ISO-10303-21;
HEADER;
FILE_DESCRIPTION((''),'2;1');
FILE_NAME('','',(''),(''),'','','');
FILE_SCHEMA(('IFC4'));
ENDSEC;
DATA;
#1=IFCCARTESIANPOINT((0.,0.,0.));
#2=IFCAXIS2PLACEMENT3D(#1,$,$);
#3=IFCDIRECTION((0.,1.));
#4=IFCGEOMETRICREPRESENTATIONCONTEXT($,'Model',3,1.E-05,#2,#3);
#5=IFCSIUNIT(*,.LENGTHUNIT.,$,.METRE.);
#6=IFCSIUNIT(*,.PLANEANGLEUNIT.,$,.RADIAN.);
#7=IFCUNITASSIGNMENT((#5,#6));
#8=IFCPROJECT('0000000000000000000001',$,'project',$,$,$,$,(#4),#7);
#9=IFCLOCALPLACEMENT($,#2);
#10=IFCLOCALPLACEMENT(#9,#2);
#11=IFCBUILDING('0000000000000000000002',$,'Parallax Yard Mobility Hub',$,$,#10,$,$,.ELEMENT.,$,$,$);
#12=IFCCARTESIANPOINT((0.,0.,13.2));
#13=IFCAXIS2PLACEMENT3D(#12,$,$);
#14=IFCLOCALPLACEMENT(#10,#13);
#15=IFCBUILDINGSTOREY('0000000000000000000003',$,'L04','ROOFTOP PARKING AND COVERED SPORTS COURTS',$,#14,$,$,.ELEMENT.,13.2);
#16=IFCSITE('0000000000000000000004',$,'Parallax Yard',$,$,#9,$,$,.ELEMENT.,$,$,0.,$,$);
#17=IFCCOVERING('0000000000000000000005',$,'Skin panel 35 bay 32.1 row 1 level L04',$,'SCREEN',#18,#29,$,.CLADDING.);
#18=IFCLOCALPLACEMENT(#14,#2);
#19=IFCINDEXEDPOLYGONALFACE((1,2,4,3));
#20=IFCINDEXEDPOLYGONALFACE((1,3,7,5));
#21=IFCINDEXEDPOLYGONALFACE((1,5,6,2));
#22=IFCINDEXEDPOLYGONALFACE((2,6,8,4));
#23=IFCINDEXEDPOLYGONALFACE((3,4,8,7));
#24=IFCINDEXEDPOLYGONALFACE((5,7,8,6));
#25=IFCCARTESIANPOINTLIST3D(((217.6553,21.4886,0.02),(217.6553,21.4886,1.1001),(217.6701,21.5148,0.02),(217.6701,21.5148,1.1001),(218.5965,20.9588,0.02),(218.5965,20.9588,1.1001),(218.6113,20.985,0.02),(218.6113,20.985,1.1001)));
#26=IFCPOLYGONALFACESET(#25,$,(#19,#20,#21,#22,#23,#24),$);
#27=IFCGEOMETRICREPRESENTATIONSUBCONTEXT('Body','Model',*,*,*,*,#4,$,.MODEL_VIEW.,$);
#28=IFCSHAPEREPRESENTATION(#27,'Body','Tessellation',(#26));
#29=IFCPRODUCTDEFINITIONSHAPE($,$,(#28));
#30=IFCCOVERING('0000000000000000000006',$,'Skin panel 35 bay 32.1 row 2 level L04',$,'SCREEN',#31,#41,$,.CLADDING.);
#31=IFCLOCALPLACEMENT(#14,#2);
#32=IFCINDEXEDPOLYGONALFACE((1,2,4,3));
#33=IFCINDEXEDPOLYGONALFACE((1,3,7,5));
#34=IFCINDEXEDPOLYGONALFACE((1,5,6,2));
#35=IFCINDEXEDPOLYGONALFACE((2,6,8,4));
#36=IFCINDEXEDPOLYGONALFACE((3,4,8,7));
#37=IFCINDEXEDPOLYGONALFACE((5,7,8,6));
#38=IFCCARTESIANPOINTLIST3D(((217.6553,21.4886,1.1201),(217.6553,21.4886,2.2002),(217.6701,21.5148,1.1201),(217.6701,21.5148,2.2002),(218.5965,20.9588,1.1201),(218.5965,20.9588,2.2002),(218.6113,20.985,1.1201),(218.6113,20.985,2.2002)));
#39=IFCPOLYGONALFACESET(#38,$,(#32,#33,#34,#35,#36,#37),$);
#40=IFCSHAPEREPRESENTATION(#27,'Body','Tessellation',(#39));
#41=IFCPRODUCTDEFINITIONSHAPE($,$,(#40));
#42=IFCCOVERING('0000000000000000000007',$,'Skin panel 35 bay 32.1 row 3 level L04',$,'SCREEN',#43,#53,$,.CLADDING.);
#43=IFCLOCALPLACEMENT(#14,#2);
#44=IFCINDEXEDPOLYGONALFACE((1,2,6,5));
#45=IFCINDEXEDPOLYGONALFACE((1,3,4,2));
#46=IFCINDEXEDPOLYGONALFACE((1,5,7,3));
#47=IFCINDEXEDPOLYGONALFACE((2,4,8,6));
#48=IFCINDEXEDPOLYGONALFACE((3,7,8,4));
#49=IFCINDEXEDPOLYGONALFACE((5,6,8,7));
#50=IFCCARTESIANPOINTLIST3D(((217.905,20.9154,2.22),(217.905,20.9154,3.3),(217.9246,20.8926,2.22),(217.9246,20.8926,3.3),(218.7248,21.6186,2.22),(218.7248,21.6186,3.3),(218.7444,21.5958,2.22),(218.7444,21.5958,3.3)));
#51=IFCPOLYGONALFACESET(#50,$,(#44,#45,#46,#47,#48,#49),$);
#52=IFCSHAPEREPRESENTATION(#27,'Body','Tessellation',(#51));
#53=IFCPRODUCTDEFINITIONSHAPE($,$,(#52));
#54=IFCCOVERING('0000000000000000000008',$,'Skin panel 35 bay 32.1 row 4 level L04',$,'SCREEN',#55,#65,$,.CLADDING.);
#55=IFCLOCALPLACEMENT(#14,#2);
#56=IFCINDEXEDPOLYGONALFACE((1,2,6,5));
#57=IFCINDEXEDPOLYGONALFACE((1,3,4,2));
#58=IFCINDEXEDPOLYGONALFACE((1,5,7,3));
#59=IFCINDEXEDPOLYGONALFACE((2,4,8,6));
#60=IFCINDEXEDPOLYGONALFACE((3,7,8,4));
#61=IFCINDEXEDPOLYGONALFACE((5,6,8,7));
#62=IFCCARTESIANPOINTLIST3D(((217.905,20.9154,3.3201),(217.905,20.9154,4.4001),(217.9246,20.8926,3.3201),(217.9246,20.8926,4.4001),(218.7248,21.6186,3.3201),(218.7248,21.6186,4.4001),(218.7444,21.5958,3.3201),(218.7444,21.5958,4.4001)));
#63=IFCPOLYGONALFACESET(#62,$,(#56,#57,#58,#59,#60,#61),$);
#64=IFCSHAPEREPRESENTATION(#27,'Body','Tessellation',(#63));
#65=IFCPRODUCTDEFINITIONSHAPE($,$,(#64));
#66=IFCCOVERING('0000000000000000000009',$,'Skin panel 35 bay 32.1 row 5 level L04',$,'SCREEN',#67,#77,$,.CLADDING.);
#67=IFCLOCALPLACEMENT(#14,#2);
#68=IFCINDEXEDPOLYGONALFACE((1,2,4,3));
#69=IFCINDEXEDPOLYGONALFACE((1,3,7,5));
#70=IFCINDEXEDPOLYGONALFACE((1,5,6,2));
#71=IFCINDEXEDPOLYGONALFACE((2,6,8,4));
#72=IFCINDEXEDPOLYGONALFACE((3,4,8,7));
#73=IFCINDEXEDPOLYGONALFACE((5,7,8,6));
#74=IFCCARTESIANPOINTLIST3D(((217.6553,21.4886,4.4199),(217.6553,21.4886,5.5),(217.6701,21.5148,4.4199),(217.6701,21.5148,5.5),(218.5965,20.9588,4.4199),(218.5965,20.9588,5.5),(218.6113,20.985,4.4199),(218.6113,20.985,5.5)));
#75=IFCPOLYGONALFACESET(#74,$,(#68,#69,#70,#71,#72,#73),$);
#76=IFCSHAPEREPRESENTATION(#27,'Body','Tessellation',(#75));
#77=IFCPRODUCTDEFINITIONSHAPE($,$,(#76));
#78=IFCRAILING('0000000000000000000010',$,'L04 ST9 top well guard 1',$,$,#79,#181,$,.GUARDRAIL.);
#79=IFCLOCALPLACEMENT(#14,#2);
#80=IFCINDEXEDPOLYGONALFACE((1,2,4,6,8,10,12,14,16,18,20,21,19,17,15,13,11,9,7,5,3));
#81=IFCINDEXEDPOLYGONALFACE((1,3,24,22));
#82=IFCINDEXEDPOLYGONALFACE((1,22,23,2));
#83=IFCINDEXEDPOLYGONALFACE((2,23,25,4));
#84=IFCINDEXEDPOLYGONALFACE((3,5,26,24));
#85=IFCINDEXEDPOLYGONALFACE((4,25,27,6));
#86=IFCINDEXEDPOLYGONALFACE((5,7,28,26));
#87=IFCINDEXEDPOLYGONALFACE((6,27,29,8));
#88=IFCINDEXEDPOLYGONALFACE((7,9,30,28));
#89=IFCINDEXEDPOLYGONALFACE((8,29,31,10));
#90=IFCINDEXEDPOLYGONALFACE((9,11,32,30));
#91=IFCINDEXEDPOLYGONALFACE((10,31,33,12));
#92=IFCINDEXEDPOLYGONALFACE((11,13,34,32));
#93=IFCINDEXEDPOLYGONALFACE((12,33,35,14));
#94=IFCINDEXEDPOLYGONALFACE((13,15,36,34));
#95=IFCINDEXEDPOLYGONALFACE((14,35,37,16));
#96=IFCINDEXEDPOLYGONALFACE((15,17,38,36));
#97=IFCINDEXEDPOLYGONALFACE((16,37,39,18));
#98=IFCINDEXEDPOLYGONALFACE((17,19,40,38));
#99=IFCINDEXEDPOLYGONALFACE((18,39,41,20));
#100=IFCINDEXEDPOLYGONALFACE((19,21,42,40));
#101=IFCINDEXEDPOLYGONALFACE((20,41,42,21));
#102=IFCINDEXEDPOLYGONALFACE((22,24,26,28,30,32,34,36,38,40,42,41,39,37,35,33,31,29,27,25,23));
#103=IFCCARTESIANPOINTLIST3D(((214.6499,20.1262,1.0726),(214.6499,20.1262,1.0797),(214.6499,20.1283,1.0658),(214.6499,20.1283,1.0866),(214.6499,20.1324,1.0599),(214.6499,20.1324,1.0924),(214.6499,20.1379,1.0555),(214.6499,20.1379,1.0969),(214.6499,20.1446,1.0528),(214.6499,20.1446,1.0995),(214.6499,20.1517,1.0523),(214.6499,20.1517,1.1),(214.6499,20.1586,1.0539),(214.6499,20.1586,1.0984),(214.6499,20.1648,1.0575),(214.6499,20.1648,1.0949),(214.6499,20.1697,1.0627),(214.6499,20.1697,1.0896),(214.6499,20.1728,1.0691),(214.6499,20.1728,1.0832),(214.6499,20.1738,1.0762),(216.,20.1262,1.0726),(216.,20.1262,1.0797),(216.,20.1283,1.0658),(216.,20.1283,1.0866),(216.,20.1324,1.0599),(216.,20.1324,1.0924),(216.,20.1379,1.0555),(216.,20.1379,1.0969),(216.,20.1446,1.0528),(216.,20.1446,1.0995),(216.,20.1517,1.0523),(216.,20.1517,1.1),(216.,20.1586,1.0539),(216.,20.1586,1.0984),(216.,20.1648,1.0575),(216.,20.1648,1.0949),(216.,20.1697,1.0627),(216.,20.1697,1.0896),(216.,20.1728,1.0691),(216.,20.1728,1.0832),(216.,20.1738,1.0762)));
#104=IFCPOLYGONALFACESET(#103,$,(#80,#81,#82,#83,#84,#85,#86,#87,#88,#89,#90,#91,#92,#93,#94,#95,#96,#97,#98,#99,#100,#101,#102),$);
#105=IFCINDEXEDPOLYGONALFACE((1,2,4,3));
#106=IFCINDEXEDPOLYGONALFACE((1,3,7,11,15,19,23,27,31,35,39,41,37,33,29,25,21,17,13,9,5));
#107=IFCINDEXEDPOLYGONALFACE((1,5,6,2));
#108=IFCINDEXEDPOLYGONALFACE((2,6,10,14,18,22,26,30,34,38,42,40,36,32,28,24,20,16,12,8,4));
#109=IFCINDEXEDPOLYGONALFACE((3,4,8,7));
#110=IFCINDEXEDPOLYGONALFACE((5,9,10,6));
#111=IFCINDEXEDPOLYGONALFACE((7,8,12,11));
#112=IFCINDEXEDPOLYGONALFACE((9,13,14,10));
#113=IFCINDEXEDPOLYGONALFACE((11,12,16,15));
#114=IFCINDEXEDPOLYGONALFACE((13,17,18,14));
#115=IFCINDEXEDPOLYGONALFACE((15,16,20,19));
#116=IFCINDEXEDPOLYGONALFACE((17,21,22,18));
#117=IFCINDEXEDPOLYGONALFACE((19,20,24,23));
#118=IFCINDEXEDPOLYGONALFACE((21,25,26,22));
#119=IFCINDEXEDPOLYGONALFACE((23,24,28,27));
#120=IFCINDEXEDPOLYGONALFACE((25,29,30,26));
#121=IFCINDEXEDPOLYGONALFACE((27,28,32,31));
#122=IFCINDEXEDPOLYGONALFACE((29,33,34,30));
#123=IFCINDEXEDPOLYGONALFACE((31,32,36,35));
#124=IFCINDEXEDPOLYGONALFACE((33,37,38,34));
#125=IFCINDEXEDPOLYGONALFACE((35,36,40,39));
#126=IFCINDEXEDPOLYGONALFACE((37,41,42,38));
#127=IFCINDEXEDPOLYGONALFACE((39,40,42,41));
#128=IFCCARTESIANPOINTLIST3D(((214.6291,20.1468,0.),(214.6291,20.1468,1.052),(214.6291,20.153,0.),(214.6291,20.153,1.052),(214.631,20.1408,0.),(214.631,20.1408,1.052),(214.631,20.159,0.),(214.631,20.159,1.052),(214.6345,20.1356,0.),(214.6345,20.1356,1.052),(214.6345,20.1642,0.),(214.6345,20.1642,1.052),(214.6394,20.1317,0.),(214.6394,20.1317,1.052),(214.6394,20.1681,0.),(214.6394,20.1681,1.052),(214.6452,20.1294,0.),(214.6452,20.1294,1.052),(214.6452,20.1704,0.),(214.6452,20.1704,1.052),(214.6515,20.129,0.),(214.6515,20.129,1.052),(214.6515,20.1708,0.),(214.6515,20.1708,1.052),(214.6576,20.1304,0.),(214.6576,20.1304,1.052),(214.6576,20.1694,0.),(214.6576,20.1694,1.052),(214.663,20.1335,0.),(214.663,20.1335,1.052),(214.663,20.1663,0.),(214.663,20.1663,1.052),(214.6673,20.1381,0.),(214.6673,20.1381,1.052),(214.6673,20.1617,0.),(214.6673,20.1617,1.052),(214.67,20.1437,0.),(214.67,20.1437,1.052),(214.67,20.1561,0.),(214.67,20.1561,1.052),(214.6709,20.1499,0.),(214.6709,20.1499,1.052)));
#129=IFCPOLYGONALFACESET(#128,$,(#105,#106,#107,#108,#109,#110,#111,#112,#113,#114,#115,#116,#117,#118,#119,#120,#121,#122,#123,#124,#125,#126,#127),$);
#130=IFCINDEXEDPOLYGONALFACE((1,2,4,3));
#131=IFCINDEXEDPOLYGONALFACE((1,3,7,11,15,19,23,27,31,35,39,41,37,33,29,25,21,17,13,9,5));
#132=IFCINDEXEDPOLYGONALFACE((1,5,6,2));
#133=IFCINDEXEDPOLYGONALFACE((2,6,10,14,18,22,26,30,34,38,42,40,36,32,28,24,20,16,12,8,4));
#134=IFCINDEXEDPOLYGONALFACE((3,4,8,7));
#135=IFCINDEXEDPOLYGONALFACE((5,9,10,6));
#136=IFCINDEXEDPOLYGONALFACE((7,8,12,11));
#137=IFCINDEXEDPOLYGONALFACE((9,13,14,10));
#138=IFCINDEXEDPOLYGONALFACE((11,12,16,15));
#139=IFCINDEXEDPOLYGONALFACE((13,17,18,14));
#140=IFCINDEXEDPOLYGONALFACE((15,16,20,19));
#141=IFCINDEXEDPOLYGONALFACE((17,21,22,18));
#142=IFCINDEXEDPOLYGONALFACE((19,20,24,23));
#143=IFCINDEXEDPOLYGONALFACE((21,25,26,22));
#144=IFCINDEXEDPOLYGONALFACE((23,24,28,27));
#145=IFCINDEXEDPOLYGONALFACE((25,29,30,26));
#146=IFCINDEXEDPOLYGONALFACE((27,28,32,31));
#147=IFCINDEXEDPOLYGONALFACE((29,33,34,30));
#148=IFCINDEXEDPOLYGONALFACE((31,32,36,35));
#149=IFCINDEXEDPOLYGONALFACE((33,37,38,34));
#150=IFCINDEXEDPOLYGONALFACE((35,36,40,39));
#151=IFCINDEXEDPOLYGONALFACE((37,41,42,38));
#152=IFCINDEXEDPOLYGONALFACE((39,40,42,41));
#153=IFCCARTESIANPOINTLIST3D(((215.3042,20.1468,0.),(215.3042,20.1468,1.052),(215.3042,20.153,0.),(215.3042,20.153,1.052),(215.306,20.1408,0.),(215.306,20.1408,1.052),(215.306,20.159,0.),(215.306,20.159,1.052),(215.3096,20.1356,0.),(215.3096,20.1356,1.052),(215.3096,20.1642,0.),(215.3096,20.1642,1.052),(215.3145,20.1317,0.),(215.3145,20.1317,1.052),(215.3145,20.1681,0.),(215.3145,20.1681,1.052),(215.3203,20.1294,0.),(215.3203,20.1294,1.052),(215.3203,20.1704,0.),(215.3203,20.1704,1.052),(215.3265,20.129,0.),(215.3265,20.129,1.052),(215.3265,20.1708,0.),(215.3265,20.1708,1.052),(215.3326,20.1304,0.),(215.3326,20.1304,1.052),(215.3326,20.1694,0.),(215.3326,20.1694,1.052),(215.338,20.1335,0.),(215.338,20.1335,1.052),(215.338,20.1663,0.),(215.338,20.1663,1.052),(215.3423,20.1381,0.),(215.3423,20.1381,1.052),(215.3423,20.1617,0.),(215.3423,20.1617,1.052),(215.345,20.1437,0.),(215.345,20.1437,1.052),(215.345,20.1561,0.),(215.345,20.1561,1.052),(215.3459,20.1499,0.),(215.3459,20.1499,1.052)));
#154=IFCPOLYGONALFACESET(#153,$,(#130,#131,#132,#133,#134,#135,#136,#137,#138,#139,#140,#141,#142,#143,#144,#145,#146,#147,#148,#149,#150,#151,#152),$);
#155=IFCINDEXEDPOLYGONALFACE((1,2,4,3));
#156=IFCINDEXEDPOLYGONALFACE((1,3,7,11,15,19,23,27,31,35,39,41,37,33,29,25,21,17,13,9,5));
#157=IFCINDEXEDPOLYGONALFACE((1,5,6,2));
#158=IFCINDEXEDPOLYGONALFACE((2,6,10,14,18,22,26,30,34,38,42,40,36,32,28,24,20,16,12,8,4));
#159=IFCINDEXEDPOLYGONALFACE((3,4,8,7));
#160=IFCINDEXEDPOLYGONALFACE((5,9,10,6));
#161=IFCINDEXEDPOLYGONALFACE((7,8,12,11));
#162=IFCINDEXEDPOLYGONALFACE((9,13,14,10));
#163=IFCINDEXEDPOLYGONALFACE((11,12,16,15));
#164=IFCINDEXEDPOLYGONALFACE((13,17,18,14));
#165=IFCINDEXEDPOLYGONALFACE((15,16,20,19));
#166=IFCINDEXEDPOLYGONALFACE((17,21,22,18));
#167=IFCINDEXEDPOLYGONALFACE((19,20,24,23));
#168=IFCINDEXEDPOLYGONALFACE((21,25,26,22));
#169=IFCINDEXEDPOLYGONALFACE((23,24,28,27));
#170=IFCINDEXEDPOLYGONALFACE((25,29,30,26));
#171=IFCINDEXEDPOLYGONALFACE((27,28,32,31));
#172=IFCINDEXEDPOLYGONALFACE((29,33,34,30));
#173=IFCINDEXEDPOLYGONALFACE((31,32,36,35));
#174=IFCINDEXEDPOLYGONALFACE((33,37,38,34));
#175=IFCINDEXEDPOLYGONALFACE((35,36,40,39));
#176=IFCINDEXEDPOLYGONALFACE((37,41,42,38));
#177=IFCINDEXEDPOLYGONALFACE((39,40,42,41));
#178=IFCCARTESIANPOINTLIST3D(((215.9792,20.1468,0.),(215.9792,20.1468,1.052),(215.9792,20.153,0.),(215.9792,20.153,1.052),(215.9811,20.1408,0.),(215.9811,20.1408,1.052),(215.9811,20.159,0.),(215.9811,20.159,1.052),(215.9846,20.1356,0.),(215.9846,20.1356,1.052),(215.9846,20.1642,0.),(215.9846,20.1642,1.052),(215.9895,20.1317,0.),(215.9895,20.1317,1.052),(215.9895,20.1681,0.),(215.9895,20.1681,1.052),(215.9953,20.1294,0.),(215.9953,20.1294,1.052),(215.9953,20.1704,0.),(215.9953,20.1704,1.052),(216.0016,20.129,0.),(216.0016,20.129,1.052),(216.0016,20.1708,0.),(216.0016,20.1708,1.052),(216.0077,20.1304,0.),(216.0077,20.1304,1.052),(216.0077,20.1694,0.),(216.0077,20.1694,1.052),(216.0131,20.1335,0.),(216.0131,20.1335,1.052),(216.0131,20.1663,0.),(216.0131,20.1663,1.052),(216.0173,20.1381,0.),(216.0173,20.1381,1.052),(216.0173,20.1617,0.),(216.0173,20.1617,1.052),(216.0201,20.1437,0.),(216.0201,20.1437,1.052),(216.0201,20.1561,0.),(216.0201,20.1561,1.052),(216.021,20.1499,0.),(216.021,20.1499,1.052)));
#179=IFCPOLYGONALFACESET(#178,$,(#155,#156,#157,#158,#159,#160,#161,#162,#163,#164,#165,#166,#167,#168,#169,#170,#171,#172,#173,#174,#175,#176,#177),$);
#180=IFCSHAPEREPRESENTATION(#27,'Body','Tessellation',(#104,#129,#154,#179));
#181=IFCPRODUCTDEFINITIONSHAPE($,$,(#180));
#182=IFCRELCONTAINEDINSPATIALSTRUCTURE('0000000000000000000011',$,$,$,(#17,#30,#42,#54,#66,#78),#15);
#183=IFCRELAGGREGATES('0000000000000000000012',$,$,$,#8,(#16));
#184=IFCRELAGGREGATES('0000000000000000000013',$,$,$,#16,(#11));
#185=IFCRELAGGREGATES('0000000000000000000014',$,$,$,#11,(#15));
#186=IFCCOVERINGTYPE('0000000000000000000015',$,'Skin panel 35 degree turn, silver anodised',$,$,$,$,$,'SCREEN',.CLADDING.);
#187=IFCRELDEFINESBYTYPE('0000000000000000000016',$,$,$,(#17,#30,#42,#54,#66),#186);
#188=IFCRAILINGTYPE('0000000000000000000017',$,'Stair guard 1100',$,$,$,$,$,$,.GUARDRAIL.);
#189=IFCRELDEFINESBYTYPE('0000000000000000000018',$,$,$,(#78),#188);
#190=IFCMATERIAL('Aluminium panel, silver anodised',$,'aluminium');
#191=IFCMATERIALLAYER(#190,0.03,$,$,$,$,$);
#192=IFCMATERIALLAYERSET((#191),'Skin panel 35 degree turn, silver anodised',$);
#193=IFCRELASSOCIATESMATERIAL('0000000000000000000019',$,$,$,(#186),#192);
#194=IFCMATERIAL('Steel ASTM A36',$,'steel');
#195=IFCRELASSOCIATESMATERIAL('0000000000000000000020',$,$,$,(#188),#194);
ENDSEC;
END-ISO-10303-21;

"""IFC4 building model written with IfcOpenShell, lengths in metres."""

from ifc_helpers import new_model, si_unit, direction, frame, origin, origin_2d, place, context, subcontext, project, spatial, rectangle, circle, extrude, material, layer, layer_set, type_object, element, save


model = new_model("IFC4")

# Units and contexts
model_context = context("Model", 3, precision=1e-05, world=origin(), true_north=direction((0.0, 1.0)))
body_context = subcontext(model_context, "Body", "Model", "MODEL_VIEW")
ifc_project = project(units=[si_unit("LENGTHUNIT", "METRE"), si_unit("PLANEANGLEUNIT", "RADIAN")], contexts=[model_context])

# Site, building, storey
site_placement = place(None, origin())
site = spatial("IfcSite", under=ifc_project, at=site_placement, Name="Parallax Yard", CompositionType="ELEMENT", RefElevation=0.0)
building_placement = place(site_placement, origin())
building = spatial("IfcBuilding", under=site, at=building_placement, Name="Parallax Yard Mobility Hub", CompositionType="ELEMENT")
storey_placement = place(building_placement, frame((0.0, 0.0, 13.2)))
storey = spatial("IfcBuildingStorey", under=building, at=storey_placement, Name="L04", Description="ROOFTOP PARKING AND COVERED SPORTS COURTS", CompositionType="ELEMENT", Elevation=13.2)

# Coverings
ifc_material_1 = material(Name="Aluminium panel, silver anodised", Category="aluminium")
ifc_layer_1 = layer(ifc_material_1, 0.03)
ifc_layer_set_1 = layer_set([ifc_layer_1], Name="Skin panel 35 degree turn, silver anodised")
covering_type_1 = type_object("IfcCoveringType", Name="Skin panel 35 degree turn, silver anodised", ElementType="SCREEN", PredefinedType="CLADDING", material=ifc_layer_set_1)
for number, where, z_axis, x_axis, name in (
    (1, (218.1333, 21.2368, 0.02), (0.0, 0.0, 1.0), (0.871428, -0.490524, 0.0), "Skin panel 35 bay 32.1 row 1 level L04"),
    (2, (218.1333, 21.2368, 1.1201), (0.0, 0.0, 1.0), (0.871428, -0.490524, 0.0), "Skin panel 35 bay 32.1 row 2 level L04"),
    (3, (218.3247, 21.2556, 2.22), (0.0, 0.0, 1.0), (-0.758987, -0.651105, 0.0), "Skin panel 35 bay 32.1 row 3 level L04"),
    (4, (218.3247, 21.2556, 3.3201), (0.0, 0.0, 1.0), (-0.758987, -0.651105, 0.0), "Skin panel 35 bay 32.1 row 4 level L04"),
    (5, (218.1333, 21.2368, 4.4199), (0.0, 0.0, 1.0), (0.871428, -0.490524, 0.0), "Skin panel 35 bay 32.1 row 5 level L04"),
):
    element("IfcCovering", number, at=place(storey_placement, frame(where, z_axis=z_axis, x_axis=x_axis)), inside=storey, type_object=covering_type_1, Name=name, ObjectType="SCREEN", PredefinedType="CLADDING", context=body_context, shape_type="SweptSolid", body=[
        extrude(rectangle(XDim=1.0801, YDim=0.03, at=origin_2d()), origin(), (0.0, 0.0, 1.0), 1.0801),
    ])

# Railing
ifc_material_2 = material(Name="Steel ASTM A36", Category="steel")
railing_type = type_object("IfcRailingType", Name="Stair guard 1100", PredefinedType="GUARDRAIL", material=ifc_material_2)
railing_placement = place(storey_placement, frame((214.6499, 20.1499, 0.0)))
element("IfcRailing", 6, at=railing_placement, inside=storey, type_object=railing_type, Name="L04 ST9 top well guard 1", PredefinedType="GUARDRAIL", context=body_context, shape_type="SweptSolid", body=[
    extrude(circle(Radius=0.0239, at=origin_2d()), frame((0.0, 0.0, 1.0762), z_axis=(1.0, 0.0, 0.0), x_axis=(0.0, 1.0, 0.0)), (0.0, 0.0, 1.0), 1.3501),
    extrude(circle(Radius=0.021, at=origin_2d()), origin(), (0.0, 0.0, 1.0), 1.052),
    extrude(circle(Radius=0.021, at=origin_2d()), frame((0.675, 0.0, 0.0)), (0.0, 0.0, 1.0), 1.052),
    extrude(circle(Radius=0.021, at=origin_2d()), frame((1.3501, 0.0, 0.0)), (0.0, 0.0, 1.0), 1.052),
])

save(model, "model.ifc")
